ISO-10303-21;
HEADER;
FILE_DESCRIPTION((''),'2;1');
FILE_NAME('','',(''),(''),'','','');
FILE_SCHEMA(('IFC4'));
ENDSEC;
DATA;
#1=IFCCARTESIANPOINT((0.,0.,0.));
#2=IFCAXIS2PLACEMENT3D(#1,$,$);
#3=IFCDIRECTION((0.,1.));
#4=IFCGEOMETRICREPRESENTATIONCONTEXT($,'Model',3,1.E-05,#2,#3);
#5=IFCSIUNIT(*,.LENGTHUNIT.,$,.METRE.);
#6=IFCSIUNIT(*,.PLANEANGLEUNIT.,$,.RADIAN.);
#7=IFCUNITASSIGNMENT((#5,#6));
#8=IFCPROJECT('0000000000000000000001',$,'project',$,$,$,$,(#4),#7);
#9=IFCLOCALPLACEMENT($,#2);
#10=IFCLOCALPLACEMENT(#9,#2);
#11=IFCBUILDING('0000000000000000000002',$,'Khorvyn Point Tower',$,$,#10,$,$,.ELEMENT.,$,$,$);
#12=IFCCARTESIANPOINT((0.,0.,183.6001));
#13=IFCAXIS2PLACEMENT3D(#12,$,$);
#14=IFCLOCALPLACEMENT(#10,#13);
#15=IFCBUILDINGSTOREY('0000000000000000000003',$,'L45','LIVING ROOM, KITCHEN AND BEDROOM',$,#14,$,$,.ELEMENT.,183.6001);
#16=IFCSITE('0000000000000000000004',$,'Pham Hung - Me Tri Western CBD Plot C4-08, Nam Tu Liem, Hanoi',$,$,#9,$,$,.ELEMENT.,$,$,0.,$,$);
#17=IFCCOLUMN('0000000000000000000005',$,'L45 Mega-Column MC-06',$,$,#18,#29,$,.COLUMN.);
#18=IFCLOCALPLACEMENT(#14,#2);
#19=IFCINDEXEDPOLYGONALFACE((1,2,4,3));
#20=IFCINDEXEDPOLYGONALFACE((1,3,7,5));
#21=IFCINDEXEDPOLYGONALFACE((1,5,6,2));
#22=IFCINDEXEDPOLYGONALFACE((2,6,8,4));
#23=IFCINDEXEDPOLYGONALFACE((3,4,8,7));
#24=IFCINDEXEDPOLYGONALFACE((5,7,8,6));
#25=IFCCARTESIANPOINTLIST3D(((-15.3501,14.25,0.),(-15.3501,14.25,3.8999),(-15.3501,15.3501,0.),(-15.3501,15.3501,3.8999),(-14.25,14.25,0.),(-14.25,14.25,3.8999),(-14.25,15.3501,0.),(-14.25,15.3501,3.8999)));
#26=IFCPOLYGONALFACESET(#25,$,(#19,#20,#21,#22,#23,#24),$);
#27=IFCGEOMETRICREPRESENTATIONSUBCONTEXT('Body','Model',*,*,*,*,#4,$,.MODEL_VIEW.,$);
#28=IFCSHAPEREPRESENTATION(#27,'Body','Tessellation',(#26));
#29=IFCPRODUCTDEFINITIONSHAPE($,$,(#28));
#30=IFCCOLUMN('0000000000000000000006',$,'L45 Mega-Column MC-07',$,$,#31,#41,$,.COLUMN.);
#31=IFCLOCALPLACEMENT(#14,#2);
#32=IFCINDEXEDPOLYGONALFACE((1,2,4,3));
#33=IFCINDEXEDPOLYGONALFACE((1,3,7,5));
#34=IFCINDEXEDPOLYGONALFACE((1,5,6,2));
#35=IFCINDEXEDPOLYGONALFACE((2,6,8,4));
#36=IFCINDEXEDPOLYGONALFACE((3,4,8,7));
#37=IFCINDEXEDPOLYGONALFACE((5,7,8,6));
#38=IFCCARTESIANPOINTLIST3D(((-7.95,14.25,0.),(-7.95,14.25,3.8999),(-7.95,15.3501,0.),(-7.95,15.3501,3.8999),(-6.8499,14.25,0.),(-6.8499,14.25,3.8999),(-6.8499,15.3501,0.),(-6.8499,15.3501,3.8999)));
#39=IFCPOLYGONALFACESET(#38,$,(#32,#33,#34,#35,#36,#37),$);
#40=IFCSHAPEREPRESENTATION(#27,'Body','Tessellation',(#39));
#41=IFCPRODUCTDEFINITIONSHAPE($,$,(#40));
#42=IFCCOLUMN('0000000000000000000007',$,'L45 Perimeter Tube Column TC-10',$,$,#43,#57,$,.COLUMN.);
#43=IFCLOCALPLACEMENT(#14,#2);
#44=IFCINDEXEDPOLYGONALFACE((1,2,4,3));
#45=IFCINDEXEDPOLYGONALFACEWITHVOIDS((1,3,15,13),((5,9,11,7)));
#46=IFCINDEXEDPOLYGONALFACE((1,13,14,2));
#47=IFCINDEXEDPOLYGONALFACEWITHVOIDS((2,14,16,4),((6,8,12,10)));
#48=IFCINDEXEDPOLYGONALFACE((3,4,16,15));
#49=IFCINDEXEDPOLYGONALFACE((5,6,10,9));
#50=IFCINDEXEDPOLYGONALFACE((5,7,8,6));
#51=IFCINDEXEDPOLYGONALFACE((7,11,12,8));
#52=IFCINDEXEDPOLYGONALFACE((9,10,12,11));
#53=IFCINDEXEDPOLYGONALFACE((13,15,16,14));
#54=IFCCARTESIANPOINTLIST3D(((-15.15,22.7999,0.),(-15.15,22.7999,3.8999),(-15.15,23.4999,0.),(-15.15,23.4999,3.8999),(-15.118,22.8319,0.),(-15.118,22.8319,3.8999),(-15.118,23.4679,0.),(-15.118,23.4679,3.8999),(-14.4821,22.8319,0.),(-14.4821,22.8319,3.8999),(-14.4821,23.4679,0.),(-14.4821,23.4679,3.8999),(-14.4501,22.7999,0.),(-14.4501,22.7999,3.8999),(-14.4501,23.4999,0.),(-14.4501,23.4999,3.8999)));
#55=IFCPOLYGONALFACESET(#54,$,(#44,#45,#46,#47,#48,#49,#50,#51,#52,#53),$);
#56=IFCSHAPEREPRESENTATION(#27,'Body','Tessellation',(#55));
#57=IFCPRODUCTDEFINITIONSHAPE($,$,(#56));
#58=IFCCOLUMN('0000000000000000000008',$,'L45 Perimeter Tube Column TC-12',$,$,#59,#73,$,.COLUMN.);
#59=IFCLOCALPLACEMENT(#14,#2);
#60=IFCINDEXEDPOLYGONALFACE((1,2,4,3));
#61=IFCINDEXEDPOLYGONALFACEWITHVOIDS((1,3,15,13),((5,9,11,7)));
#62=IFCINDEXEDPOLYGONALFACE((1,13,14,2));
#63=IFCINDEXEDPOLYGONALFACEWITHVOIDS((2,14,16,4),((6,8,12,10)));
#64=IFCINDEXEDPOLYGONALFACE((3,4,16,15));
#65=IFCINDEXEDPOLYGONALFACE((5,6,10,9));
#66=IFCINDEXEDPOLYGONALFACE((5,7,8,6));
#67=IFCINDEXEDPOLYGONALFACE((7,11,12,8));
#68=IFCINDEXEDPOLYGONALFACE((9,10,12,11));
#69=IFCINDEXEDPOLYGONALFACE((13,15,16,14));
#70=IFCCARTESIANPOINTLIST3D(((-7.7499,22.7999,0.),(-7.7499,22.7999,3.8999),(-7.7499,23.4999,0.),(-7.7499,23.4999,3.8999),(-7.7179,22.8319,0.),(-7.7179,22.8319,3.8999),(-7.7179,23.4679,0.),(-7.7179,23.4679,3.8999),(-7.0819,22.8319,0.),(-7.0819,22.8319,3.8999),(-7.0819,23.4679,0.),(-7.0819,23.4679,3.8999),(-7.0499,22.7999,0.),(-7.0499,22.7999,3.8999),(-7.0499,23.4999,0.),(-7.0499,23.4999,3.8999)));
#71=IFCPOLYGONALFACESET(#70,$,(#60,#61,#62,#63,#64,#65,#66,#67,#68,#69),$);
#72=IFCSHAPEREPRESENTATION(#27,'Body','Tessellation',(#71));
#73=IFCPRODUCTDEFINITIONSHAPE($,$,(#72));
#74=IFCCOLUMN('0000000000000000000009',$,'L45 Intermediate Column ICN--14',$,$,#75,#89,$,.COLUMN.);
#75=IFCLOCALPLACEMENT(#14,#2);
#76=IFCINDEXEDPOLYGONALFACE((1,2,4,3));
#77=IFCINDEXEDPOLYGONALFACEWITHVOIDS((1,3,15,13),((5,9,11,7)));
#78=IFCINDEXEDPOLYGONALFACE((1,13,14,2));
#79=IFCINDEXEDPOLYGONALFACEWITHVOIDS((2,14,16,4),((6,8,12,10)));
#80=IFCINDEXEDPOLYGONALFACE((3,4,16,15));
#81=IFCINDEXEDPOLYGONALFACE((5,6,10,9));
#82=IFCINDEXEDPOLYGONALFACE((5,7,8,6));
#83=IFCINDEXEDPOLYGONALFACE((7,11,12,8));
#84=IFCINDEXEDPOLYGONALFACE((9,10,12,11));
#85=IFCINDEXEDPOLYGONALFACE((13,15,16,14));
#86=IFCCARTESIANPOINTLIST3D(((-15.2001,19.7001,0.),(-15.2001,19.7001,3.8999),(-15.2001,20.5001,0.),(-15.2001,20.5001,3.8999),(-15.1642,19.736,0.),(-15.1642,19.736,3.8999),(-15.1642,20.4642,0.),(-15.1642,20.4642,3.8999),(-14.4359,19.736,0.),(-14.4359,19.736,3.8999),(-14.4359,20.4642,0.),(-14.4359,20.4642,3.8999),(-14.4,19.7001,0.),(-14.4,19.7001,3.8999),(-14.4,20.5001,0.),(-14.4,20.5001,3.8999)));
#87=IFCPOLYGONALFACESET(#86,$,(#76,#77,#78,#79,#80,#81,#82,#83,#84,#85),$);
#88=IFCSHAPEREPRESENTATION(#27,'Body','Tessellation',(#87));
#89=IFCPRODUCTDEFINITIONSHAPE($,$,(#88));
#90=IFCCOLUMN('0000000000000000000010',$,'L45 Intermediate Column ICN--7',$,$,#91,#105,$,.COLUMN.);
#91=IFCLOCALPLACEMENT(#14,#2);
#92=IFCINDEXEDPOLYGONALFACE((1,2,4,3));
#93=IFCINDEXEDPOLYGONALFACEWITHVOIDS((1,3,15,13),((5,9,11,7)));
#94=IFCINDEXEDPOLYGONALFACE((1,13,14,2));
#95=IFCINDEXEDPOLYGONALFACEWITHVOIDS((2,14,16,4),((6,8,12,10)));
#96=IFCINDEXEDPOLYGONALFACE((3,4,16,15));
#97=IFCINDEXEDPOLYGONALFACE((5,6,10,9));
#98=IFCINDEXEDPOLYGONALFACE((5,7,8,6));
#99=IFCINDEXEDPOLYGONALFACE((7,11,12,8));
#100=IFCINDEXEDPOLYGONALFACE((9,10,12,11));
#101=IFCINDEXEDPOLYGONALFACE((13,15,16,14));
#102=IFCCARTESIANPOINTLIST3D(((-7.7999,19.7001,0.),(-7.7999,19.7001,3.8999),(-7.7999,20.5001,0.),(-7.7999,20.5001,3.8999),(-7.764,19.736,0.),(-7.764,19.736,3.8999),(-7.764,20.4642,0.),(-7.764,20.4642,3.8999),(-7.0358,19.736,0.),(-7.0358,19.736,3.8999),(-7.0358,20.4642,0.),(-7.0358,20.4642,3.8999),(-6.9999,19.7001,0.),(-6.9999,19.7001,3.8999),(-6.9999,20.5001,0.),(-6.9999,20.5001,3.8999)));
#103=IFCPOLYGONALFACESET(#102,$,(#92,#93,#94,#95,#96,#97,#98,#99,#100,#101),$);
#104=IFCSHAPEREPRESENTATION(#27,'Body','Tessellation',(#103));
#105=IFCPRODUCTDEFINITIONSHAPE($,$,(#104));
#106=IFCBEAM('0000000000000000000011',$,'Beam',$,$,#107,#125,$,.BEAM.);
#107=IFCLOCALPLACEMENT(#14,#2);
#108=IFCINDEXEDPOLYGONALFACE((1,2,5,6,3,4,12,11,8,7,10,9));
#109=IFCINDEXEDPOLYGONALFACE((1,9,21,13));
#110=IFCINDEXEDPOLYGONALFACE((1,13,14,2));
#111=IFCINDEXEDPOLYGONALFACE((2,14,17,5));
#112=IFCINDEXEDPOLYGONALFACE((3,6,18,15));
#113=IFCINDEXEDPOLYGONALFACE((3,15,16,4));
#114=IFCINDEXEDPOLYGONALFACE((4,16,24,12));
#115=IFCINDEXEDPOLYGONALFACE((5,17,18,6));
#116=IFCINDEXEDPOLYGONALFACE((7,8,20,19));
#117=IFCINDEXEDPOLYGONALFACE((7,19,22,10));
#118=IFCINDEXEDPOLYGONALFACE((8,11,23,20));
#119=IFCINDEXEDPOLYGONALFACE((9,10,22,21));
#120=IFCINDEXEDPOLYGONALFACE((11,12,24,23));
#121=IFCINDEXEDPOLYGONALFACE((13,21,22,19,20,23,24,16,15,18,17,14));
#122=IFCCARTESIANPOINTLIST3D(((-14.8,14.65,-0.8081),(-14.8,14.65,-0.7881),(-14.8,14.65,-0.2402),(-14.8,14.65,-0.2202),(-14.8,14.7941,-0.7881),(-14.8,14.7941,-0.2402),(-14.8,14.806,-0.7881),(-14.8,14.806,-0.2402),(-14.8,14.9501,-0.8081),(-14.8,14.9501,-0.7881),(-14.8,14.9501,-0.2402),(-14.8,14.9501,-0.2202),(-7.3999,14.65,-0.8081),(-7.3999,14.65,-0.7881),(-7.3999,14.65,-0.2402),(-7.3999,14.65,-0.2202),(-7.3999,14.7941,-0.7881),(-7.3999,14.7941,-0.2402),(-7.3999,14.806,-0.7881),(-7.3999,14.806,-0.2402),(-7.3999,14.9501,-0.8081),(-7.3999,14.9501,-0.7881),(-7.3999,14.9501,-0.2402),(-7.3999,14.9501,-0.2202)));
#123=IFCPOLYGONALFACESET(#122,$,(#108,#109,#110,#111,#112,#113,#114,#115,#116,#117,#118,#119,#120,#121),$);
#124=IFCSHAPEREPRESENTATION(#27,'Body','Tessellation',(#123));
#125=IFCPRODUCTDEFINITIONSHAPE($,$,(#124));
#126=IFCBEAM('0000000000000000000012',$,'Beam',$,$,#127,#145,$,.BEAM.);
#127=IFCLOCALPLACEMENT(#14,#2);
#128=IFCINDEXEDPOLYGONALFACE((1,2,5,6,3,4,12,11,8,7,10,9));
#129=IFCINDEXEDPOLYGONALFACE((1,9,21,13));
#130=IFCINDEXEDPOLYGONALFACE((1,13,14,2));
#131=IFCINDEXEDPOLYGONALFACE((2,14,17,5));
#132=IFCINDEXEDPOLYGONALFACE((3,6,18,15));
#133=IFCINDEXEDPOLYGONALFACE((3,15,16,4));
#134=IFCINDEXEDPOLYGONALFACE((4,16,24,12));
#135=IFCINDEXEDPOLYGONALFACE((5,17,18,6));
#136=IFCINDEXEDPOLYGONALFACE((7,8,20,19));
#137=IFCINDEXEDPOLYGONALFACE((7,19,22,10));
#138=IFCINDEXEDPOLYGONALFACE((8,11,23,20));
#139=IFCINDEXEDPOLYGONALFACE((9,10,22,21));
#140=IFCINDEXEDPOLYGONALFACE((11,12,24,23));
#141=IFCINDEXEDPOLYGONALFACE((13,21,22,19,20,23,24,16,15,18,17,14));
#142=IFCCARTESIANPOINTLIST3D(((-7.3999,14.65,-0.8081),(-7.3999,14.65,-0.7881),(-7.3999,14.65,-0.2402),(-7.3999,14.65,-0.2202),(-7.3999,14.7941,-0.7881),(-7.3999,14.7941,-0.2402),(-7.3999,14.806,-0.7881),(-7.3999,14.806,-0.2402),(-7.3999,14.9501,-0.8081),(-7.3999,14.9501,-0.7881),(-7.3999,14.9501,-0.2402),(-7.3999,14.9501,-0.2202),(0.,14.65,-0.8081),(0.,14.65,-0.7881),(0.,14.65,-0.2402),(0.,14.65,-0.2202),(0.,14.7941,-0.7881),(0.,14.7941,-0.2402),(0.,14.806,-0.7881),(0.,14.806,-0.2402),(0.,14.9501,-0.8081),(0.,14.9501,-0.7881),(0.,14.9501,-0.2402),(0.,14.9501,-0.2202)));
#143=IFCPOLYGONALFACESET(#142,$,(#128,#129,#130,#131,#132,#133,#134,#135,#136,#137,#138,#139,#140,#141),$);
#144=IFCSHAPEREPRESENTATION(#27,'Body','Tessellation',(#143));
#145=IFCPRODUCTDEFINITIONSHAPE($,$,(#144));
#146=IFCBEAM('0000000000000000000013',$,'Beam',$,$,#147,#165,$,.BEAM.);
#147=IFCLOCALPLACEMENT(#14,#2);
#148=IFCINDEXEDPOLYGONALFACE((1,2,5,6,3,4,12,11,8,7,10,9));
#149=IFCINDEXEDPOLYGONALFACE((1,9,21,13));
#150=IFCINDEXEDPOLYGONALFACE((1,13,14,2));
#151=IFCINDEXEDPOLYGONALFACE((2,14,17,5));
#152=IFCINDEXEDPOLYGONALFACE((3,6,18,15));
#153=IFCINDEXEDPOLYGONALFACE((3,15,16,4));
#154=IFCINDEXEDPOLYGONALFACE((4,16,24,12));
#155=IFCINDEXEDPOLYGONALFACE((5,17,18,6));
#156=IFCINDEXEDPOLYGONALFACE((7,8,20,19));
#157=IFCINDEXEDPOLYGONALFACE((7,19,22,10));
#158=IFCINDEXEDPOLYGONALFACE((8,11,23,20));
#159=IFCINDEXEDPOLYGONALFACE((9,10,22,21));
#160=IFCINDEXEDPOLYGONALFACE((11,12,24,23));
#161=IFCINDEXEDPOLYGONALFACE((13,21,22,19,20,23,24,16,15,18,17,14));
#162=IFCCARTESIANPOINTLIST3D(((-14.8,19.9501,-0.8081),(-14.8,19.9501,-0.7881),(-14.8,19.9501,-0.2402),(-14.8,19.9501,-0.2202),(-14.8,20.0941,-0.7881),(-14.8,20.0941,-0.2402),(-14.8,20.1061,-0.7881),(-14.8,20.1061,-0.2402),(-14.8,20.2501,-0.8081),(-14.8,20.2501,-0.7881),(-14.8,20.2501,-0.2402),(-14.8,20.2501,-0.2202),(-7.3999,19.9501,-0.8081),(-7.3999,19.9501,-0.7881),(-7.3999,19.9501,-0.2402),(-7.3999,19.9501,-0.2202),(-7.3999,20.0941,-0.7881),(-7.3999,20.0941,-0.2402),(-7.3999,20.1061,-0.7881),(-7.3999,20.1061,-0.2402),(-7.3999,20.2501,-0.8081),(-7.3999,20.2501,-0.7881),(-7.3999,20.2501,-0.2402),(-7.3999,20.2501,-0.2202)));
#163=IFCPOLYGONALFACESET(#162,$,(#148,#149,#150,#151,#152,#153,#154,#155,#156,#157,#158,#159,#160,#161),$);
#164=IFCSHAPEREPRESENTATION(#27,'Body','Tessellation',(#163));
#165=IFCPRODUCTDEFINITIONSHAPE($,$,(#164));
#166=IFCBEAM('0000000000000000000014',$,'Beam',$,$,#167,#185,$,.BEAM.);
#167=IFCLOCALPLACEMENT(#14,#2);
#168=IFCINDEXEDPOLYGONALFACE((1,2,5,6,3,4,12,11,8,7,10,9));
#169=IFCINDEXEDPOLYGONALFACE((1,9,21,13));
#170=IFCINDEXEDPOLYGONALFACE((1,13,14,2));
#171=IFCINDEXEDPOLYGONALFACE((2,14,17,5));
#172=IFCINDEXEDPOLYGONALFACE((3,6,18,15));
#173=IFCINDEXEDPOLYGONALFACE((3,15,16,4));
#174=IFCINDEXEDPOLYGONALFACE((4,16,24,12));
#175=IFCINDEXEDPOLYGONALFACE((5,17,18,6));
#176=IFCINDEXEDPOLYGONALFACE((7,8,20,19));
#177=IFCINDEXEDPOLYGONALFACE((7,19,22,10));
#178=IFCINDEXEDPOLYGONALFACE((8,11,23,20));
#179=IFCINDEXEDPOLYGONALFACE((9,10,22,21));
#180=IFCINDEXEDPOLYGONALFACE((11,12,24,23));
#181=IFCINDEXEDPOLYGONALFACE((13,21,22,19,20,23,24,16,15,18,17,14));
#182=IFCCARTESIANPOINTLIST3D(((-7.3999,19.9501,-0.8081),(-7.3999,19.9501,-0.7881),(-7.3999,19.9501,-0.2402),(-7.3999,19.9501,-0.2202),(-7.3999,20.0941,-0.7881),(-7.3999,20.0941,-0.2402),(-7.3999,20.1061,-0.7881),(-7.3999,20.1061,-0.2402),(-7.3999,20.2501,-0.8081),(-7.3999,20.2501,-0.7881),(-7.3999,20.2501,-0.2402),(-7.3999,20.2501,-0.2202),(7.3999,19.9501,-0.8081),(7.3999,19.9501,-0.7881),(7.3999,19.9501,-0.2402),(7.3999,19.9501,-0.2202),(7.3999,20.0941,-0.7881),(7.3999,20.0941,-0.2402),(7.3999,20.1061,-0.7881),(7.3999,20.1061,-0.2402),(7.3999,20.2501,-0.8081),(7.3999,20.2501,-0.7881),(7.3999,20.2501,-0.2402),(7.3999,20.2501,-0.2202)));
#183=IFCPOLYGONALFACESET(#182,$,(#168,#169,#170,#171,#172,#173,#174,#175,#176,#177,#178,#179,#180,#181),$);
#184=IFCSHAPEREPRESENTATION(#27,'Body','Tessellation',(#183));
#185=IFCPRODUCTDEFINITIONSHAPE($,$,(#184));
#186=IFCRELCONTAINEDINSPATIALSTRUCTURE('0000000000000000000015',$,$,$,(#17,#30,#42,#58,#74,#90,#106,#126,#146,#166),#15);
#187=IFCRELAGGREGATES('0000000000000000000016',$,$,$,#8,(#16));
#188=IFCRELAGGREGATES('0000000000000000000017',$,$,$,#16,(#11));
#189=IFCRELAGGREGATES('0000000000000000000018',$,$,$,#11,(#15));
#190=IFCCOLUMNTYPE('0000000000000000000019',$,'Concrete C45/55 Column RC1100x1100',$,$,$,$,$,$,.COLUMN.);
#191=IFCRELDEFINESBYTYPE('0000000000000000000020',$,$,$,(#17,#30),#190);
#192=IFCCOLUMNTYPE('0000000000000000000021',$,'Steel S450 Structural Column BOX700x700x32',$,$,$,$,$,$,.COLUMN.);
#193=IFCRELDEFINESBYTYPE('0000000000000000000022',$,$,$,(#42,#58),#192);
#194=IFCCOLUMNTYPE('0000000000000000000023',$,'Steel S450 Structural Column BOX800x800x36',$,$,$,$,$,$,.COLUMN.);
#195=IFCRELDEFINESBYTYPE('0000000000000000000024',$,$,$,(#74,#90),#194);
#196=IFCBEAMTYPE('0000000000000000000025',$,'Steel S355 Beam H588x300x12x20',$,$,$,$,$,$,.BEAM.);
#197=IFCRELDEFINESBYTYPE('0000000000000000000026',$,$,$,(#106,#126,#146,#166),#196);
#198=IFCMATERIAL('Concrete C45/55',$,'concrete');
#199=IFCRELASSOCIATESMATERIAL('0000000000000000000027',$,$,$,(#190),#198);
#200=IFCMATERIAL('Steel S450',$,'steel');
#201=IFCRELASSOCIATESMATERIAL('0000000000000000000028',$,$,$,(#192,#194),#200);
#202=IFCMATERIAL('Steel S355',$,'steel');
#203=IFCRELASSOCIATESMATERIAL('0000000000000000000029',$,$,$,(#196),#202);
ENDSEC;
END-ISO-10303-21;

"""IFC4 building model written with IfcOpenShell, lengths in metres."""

from ifc_helpers import new_model, si_unit, direction, frame, origin, origin_2d, place, context, subcontext, project, spatial, rectangle, hollow_rectangle, i_section, extrude, material, material_profile, profile_set, type_object, element, save


model = new_model("IFC4")

# Units and contexts
model_context = context("Model", 3, precision=1e-05, world=origin(), true_north=direction((0.0, 1.0)))
body_context = subcontext(model_context, "Body", "Model", "MODEL_VIEW")
ifc_project = project(units=[si_unit("LENGTHUNIT", "METRE"), si_unit("PLANEANGLEUNIT", "RADIAN")], contexts=[model_context])

# Site, building, storey
site_placement = place(None, origin())
site = spatial("IfcSite", under=ifc_project, at=site_placement, Name="Pham Hung - Me Tri Western CBD Plot C4-08, Nam Tu Liem, Hanoi", CompositionType="ELEMENT", RefElevation=0.0)
building_placement = place(site_placement, origin())
building = spatial("IfcBuilding", under=site, at=building_placement, Name="Khorvyn Point Tower", CompositionType="ELEMENT")
storey_placement = place(building_placement, frame((0.0, 0.0, 183.6001)))
storey = spatial("IfcBuildingStorey", under=building, at=storey_placement, Name="L45", Description="LIVING ROOM, KITCHEN AND BEDROOM", CompositionType="ELEMENT", Elevation=183.6001)

# Columns
ifc_material_1 = material(Name="Concrete C45/55", Category="concrete")
ifc_material_profile_1 = material_profile(ifc_material_1, rectangle(XDim=1.1001, YDim=1.1001, at=origin_2d()))
ifc_profile_set_1 = profile_set([ifc_material_profile_1], Name="Concrete C45/55 RC1100x1100")
column_type_1 = type_object("IfcColumnType", Name="Concrete C45/55 Column RC1100x1100", PredefinedType="COLUMN", material=ifc_profile_set_1)
for number, where, z_axis, x_axis, name in (
    (1, (-14.8, 14.8, 0.0), (0.0, 0.0, 1.0), (1.0, 0.0, 0.0), "L45 Mega-Column MC-06"),
    (2, (-7.3999, 14.8, 0.0), (0.0, 0.0, 1.0), (1.0, 0.0, 0.0), "L45 Mega-Column MC-07"),
):
    element("IfcColumn", number, at=place(storey_placement, frame(where, z_axis=z_axis, x_axis=x_axis)), inside=storey, type_object=column_type_1, Name=name, PredefinedType="COLUMN", context=body_context, shape_type="SweptSolid", body=[
        extrude(rectangle(XDim=1.1001, YDim=1.1001, at=origin_2d()), origin(), (0.0, 0.0, 1.0), 3.8999),
    ])
ifc_material_2 = material(Name="Steel S450", Category="steel")
ifc_material_profile_2 = material_profile(ifc_material_2, hollow_rectangle(XDim=0.7, YDim=0.7, WallThickness=0.032, at=origin_2d()))
ifc_profile_set_2 = profile_set([ifc_material_profile_2], Name="Steel S450 BOX700x700x32")
column_type_2 = type_object("IfcColumnType", Name="Steel S450 Structural Column BOX700x700x32", PredefinedType="COLUMN", material=ifc_profile_set_2)
for number, where, z_axis, x_axis, name in (
    (3, (-14.8, 23.1499, 0.0), (0.0, 0.0, 1.0), (1.0, 0.0, 0.0), "L45 Perimeter Tube Column TC-10"),
    (4, (-7.3999, 23.1499, 0.0), (0.0, 0.0, 1.0), (1.0, 0.0, 0.0), "L45 Perimeter Tube Column TC-12"),
):
    element("IfcColumn", number, at=place(storey_placement, frame(where, z_axis=z_axis, x_axis=x_axis)), inside=storey, type_object=column_type_2, Name=name, PredefinedType="COLUMN", context=body_context, shape_type="SweptSolid", body=[
        extrude(hollow_rectangle(XDim=0.7, YDim=0.7, WallThickness=0.032, at=origin_2d()), origin(), (0.0, 0.0, 1.0), 3.8999),
    ])
ifc_material_profile_3 = material_profile(ifc_material_2, hollow_rectangle(XDim=0.8, YDim=0.8, WallThickness=0.0359, at=origin_2d()))
ifc_profile_set_3 = profile_set([ifc_material_profile_3], Name="Steel S450 BOX800x800x36")
column_type_3 = type_object("IfcColumnType", Name="Steel S450 Structural Column BOX800x800x36", PredefinedType="COLUMN", material=ifc_profile_set_3)
for number, where, z_axis, x_axis, name in (
    (5, (-14.8, 20.1001, 0.0), (0.0, 0.0, 1.0), (1.0, 0.0, 0.0), "L45 Intermediate Column ICN--14"),
    (6, (-7.3999, 20.1001, 0.0), (0.0, 0.0, 1.0), (1.0, 0.0, 0.0), "L45 Intermediate Column ICN--7"),
):
    element("IfcColumn", number, at=place(storey_placement, frame(where, z_axis=z_axis, x_axis=x_axis)), inside=storey, type_object=column_type_3, Name=name, PredefinedType="COLUMN", context=body_context, shape_type="SweptSolid", body=[
        extrude(hollow_rectangle(XDim=0.8, YDim=0.8, WallThickness=0.0359, at=origin_2d()), origin(), (0.0, 0.0, 1.0), 3.8999),
    ])

# Beams
ifc_material_3 = material(Name="Steel S355", Category="steel")
ifc_material_profile_4 = material_profile(ifc_material_3, i_section(OverallWidth=0.3, OverallDepth=0.5879, WebThickness=0.012, FlangeThickness=0.02, at=origin_2d()))
ifc_profile_set_4 = profile_set([ifc_material_profile_4], Name="Steel S355 H588x300x12x20")
beam_type_1 = type_object("IfcBeamType", Name="Steel S355 Beam H588x300x12x20", PredefinedType="BEAM", material=ifc_profile_set_4)
beam_1_placement = place(storey_placement, frame((-14.8, 14.8, -0.5142), z_axis=(1.0, 0.0, 0.0), x_axis=(0.0, 1.0, 0.0)))
element("IfcBeam", 7, at=beam_1_placement, inside=storey, type_object=beam_type_1, Name="Beam", PredefinedType="BEAM", context=body_context, shape_type="SweptSolid", body=[
    extrude(i_section(OverallWidth=0.3, OverallDepth=0.5879, WebThickness=0.012, FlangeThickness=0.02, at=origin_2d()), origin(), (0.0, 0.0, 1.0), 7.4001),
])
beam_2_placement = place(storey_placement, frame((-7.3999, 14.8, -0.5142), z_axis=(1.0, 0.0, 0.0), x_axis=(0.0, 1.0, 0.0)))
element("IfcBeam", 8, at=beam_2_placement, inside=storey, type_object=beam_type_1, Name="Beam", PredefinedType="BEAM", context=body_context, shape_type="SweptSolid", body=[
    extrude(i_section(OverallWidth=0.3, OverallDepth=0.5879, WebThickness=0.012, FlangeThickness=0.02, at=origin_2d()), origin(), (0.0, 0.0, 1.0), 7.3999),
])
beam_3_placement = place(storey_placement, frame((-14.8, 20.1001, -0.5142), z_axis=(1.0, 0.0, 0.0), x_axis=(0.0, 1.0, 0.0)))
element("IfcBeam", 9, at=beam_3_placement, inside=storey, type_object=beam_type_1, Name="Beam", PredefinedType="BEAM", context=body_context, shape_type="SweptSolid", body=[
    extrude(i_section(OverallWidth=0.3, OverallDepth=0.5879, WebThickness=0.012, FlangeThickness=0.02, at=origin_2d()), origin(), (0.0, 0.0, 1.0), 7.4001),
])
beam_4_placement = place(storey_placement, frame((-7.3999, 20.1001, -0.5142), z_axis=(1.0, 0.0, 0.0), x_axis=(0.0, 1.0, 0.0)))
element("IfcBeam", 10, at=beam_4_placement, inside=storey, type_object=beam_type_1, Name="Beam", PredefinedType="BEAM", context=body_context, shape_type="SweptSolid", body=[
    extrude(i_section(OverallWidth=0.3, OverallDepth=0.5879, WebThickness=0.012, FlangeThickness=0.02, at=origin_2d()), origin(), (0.0, 0.0, 1.0), 14.7998),
])

save(model, "model.ifc")
